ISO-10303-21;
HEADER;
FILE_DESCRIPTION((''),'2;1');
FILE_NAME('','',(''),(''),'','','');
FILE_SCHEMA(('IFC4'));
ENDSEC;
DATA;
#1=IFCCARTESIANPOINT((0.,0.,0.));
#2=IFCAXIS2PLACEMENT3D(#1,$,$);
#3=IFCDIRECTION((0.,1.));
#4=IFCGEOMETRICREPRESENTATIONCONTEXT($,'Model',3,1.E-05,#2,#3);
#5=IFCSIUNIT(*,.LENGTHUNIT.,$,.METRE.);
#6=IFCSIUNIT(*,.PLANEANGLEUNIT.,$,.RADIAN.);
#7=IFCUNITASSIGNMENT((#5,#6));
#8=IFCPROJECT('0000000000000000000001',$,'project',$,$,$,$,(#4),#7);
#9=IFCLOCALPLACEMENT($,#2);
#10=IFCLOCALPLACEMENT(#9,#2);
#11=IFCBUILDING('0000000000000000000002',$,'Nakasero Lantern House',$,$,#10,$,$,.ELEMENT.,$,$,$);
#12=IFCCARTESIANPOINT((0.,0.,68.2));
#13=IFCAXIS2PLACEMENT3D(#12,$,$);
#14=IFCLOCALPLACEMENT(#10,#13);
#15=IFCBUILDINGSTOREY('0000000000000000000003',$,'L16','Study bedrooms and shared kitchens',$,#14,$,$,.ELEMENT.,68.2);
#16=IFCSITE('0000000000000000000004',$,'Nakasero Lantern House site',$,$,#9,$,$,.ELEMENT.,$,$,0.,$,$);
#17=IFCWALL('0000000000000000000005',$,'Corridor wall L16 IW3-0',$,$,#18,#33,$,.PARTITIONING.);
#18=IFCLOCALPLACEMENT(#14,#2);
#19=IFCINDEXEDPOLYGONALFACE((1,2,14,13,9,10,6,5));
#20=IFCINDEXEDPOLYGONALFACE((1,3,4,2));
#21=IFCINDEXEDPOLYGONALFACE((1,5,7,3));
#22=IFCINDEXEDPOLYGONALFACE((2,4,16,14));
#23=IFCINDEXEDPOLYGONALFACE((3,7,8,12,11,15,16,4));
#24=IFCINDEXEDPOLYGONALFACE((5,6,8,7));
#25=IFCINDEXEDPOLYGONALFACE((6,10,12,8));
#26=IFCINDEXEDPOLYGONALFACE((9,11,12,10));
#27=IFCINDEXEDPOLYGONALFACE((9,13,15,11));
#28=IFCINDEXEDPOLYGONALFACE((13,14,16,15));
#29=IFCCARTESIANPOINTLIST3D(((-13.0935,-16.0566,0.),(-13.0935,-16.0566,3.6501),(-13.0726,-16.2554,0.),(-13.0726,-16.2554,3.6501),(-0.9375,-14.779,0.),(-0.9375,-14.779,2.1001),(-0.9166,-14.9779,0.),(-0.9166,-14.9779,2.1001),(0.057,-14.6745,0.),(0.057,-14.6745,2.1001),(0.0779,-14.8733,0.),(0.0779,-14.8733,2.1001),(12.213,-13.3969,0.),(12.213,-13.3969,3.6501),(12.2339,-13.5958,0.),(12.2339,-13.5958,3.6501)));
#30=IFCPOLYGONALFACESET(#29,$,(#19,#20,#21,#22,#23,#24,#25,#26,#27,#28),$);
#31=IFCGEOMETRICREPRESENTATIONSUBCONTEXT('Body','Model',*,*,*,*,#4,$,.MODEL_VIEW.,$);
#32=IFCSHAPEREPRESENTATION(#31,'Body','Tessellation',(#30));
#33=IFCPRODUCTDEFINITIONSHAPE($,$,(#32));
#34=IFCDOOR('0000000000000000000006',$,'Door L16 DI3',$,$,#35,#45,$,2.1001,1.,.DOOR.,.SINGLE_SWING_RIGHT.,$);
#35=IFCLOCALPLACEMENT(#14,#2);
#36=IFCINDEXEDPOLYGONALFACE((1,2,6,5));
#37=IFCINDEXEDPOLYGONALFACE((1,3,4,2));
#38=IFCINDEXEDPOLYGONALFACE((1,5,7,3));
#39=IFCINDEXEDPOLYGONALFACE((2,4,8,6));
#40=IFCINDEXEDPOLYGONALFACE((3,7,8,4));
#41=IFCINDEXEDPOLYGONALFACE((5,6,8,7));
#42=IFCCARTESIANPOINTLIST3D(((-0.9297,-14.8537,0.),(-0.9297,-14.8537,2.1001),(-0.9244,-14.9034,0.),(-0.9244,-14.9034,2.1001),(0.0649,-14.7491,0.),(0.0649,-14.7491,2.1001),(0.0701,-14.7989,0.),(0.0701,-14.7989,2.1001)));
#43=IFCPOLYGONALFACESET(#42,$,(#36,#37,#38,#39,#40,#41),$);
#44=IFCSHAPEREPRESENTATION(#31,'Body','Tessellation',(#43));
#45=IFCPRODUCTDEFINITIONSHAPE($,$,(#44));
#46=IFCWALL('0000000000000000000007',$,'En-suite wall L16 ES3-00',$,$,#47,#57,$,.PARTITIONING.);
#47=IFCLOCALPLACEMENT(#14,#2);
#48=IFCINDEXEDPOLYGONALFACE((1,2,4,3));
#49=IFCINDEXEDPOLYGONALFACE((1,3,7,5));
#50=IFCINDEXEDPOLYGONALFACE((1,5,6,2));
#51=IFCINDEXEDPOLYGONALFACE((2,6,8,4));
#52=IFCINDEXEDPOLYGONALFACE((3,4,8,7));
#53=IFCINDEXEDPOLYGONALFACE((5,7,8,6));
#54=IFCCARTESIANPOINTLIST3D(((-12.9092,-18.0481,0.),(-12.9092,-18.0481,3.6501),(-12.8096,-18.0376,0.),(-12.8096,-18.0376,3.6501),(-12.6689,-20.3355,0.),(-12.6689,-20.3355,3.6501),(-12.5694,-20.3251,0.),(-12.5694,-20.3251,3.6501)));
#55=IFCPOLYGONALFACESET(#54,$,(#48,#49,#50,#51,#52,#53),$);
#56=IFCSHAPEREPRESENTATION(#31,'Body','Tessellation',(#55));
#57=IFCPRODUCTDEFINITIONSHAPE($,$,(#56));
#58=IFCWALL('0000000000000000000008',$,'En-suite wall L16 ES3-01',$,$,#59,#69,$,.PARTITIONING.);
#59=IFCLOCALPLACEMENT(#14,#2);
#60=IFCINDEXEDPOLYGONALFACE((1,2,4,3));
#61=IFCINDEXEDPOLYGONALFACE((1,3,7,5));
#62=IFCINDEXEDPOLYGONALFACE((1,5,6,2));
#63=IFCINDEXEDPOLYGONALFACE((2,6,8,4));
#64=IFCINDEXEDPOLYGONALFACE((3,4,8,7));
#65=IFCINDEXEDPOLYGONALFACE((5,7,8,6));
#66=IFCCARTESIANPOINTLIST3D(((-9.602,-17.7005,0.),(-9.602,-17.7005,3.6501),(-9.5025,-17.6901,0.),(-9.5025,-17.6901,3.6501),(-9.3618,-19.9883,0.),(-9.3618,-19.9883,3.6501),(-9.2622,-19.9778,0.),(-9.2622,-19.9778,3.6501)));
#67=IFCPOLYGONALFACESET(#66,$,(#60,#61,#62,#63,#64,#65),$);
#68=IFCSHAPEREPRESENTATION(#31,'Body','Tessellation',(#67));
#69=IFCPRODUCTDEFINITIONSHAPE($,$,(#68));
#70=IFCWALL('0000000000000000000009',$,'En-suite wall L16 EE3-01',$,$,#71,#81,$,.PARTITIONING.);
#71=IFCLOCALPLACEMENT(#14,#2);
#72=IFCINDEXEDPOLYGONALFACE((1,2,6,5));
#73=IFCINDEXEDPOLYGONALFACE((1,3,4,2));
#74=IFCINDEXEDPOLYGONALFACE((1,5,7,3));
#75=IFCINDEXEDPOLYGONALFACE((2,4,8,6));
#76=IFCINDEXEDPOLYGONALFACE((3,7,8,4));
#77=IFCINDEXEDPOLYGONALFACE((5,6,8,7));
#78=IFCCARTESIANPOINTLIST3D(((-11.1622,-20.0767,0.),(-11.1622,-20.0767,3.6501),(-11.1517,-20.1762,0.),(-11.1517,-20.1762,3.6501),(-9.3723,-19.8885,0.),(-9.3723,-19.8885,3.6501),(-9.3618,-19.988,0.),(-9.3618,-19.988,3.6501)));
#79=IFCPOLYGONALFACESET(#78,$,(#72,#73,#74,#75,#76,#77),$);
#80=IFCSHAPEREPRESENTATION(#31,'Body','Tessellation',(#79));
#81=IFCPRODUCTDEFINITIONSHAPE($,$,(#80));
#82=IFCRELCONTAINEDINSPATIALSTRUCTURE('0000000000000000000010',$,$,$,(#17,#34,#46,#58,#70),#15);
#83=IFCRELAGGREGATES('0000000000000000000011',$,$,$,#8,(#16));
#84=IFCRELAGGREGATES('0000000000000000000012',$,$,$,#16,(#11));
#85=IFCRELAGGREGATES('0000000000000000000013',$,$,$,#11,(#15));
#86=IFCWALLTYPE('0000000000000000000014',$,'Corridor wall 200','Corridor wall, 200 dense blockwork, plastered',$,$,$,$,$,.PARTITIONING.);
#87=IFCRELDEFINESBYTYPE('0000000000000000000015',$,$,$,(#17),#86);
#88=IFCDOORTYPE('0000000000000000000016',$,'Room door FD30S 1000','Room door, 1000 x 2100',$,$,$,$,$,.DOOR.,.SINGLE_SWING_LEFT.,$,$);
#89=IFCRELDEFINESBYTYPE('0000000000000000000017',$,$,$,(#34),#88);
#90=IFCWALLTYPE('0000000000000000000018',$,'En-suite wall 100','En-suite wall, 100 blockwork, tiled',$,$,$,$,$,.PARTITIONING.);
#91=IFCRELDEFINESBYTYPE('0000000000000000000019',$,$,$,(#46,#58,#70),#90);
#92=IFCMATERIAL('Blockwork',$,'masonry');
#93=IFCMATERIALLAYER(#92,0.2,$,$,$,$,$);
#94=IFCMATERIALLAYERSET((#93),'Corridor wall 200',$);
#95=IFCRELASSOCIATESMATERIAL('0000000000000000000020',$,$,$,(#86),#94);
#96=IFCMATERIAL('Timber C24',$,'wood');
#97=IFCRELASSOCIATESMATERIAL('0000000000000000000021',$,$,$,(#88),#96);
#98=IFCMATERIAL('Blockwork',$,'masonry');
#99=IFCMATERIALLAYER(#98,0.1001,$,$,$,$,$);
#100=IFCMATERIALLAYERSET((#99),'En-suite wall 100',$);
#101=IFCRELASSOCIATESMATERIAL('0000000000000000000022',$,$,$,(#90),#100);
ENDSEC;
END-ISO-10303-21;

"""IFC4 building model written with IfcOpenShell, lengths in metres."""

from ifc_helpers import new_model, si_unit, direction, frame, frame_2d, origin, place, context, subcontext, project, spatial, rectangle, extrude, material, layer, layer_set, type_object, element, fill, save


model = new_model("IFC4")

# Units and contexts
model_context = context("Model", 3, precision=1e-05, world=origin(), true_north=direction((0.0, 1.0)))
body_context = subcontext(model_context, "Body", "Model", "MODEL_VIEW")
ifc_project = project(units=[si_unit("LENGTHUNIT", "METRE"), si_unit("PLANEANGLEUNIT", "RADIAN")], contexts=[model_context])

# Site, building, storey
site_placement = place(None, origin())
site = spatial("IfcSite", under=ifc_project, at=site_placement, Name="Nakasero Lantern House site", CompositionType="ELEMENT", RefElevation=0.0)
building_placement = place(site_placement, origin())
building = spatial("IfcBuilding", under=site, at=building_placement, Name="Nakasero Lantern House", CompositionType="ELEMENT")
storey_placement = place(building_placement, frame((0.0, 0.0, 68.2)))
storey = spatial("IfcBuildingStorey", under=building, at=storey_placement, Name="L16", Description="Study bedrooms and shared kitchens", CompositionType="ELEMENT", Elevation=68.2)

# Shared definitions
ifc_material_1 = material(Name="Blockwork", Category="masonry")
ifc_layer_1 = layer(ifc_material_1, 0.2)
ifc_layer_set_1 = layer_set([ifc_layer_1], Name="Corridor wall 200")
wall_type_1 = type_object("IfcWallType", Name="Corridor wall 200", Description="Corridor wall, 200 dense blockwork, plastered", PredefinedType="PARTITIONING", material=ifc_layer_set_1)

# Wall, opening, door
wall_1_placement = place(storey_placement, frame((-13.083, -16.156, 0.0), z_axis=(0.0, 0.0, 1.0), x_axis=(0.994522, 0.104523, 0.0)))
wall_1 = element("IfcWall", 1, at=wall_1_placement, inside=storey, type_object=wall_type_1, Name="Corridor wall L16 IW3-0", PredefinedType="PARTITIONING", context=body_context, shape_type="SweptSolid", body=[
    extrude(rectangle(XDim=25.4458, YDim=0.2, at=frame_2d((12.7229, 0.0))), origin(), (0.0, 0.0, 1.0), 3.6501),
])
opening_1_placement = place(wall_1_placement, frame((12.2229, 0.0, 0.0)))
opening_1 = element("IfcOpeningElement", 2, at=opening_1_placement, cuts=wall_1, PredefinedType="OPENING", context=body_context, shape_type="SweptSolid", body=[
    extrude(rectangle(XDim=1.0, YDim=2.1001, at=frame_2d((0.5, 1.05))), frame((0.0, 0.1199, 0.0), z_axis=(0.0, -1.0, 0.0), x_axis=(1.0, 0.0, 0.0)), (0.0, 0.0, 1.0), 0.24),
])
ifc_material_2 = material(Name="Timber C24", Category="wood")
door_type_1 = type_object("IfcDoorType", Name="Room door FD30S 1000", Description="Room door, 1000 x 2100", OperationType="SINGLE_SWING_LEFT", PredefinedType="DOOR", material=ifc_material_2)
door_1_placement = place(opening_1_placement, origin())
door_1 = element("IfcDoor", 3, at=door_1_placement, inside=storey, type_object=door_type_1, Name="Door L16 DI3", OperationType="SINGLE_SWING_RIGHT", OverallHeight=2.1001, OverallWidth=1.0, PredefinedType="DOOR", context=body_context, shape_type="SweptSolid", body=[
    extrude(rectangle(XDim=1.0, YDim=2.1001, at=frame_2d((0.5, 1.05))), frame((0.0, 0.0249, 0.0), z_axis=(0.0, -1.0, 0.0), x_axis=(1.0, 0.0, 0.0)), (0.0, 0.0, 1.0), 0.05),
])
fill(opening_1, door_1)

# Walls
ifc_material_3 = material(Name="Blockwork", Category="masonry")
ifc_layer_2 = layer(ifc_material_3, 0.1001)
ifc_layer_set_2 = layer_set([ifc_layer_2], Name="En-suite wall 100")
wall_type_2 = type_object("IfcWallType", Name="En-suite wall 100", Description="En-suite wall, 100 blockwork, tiled", PredefinedType="PARTITIONING", material=ifc_layer_set_2)
wall_2_placement = place(storey_placement, frame((-12.8594, -18.043, 0.0), z_axis=(0.0, 0.0, 1.0), x_axis=(0.104453, -0.99453, 0.0)))
element("IfcWall", 4, at=wall_2_placement, inside=storey, type_object=wall_type_2, Name="En-suite wall L16 ES3-00", PredefinedType="PARTITIONING", context=body_context, shape_type="SweptSolid", body=[
    extrude(rectangle(XDim=2.3, YDim=0.1001, at=frame_2d((1.1499, 0.0))), origin(), (0.0, 0.0, 1.0), 3.6501),
])
wall_3_placement = place(storey_placement, frame((-9.5522, -17.6953, 0.0), z_axis=(0.0, 0.0, 1.0), x_axis=(0.104442, -0.994531, 0.0)))
element("IfcWall", 5, at=wall_3_placement, inside=storey, type_object=wall_type_2, Name="En-suite wall L16 ES3-01", PredefinedType="PARTITIONING", context=body_context, shape_type="SweptSolid", body=[
    extrude(rectangle(XDim=2.3003, YDim=0.1001, at=frame_2d((1.1501, 0.0))), origin(), (0.0, 0.0, 1.0), 3.6501),
])
wall_4_placement = place(storey_placement, frame((-11.157, -20.1265, 0.0), z_axis=(0.0, 0.0, 1.0), x_axis=(0.994517, 0.104579, 0.0)))
element("IfcWall", 6, at=wall_4_placement, inside=storey, type_object=wall_type_2, Name="En-suite wall L16 EE3-01", PredefinedType="PARTITIONING", context=body_context, shape_type="SweptSolid", body=[
    extrude(rectangle(XDim=1.7998, YDim=0.1001, at=frame_2d((0.8999, 0.0))), origin(), (0.0, 0.0, 1.0), 3.6501),
])

save(model, "model.ifc")
